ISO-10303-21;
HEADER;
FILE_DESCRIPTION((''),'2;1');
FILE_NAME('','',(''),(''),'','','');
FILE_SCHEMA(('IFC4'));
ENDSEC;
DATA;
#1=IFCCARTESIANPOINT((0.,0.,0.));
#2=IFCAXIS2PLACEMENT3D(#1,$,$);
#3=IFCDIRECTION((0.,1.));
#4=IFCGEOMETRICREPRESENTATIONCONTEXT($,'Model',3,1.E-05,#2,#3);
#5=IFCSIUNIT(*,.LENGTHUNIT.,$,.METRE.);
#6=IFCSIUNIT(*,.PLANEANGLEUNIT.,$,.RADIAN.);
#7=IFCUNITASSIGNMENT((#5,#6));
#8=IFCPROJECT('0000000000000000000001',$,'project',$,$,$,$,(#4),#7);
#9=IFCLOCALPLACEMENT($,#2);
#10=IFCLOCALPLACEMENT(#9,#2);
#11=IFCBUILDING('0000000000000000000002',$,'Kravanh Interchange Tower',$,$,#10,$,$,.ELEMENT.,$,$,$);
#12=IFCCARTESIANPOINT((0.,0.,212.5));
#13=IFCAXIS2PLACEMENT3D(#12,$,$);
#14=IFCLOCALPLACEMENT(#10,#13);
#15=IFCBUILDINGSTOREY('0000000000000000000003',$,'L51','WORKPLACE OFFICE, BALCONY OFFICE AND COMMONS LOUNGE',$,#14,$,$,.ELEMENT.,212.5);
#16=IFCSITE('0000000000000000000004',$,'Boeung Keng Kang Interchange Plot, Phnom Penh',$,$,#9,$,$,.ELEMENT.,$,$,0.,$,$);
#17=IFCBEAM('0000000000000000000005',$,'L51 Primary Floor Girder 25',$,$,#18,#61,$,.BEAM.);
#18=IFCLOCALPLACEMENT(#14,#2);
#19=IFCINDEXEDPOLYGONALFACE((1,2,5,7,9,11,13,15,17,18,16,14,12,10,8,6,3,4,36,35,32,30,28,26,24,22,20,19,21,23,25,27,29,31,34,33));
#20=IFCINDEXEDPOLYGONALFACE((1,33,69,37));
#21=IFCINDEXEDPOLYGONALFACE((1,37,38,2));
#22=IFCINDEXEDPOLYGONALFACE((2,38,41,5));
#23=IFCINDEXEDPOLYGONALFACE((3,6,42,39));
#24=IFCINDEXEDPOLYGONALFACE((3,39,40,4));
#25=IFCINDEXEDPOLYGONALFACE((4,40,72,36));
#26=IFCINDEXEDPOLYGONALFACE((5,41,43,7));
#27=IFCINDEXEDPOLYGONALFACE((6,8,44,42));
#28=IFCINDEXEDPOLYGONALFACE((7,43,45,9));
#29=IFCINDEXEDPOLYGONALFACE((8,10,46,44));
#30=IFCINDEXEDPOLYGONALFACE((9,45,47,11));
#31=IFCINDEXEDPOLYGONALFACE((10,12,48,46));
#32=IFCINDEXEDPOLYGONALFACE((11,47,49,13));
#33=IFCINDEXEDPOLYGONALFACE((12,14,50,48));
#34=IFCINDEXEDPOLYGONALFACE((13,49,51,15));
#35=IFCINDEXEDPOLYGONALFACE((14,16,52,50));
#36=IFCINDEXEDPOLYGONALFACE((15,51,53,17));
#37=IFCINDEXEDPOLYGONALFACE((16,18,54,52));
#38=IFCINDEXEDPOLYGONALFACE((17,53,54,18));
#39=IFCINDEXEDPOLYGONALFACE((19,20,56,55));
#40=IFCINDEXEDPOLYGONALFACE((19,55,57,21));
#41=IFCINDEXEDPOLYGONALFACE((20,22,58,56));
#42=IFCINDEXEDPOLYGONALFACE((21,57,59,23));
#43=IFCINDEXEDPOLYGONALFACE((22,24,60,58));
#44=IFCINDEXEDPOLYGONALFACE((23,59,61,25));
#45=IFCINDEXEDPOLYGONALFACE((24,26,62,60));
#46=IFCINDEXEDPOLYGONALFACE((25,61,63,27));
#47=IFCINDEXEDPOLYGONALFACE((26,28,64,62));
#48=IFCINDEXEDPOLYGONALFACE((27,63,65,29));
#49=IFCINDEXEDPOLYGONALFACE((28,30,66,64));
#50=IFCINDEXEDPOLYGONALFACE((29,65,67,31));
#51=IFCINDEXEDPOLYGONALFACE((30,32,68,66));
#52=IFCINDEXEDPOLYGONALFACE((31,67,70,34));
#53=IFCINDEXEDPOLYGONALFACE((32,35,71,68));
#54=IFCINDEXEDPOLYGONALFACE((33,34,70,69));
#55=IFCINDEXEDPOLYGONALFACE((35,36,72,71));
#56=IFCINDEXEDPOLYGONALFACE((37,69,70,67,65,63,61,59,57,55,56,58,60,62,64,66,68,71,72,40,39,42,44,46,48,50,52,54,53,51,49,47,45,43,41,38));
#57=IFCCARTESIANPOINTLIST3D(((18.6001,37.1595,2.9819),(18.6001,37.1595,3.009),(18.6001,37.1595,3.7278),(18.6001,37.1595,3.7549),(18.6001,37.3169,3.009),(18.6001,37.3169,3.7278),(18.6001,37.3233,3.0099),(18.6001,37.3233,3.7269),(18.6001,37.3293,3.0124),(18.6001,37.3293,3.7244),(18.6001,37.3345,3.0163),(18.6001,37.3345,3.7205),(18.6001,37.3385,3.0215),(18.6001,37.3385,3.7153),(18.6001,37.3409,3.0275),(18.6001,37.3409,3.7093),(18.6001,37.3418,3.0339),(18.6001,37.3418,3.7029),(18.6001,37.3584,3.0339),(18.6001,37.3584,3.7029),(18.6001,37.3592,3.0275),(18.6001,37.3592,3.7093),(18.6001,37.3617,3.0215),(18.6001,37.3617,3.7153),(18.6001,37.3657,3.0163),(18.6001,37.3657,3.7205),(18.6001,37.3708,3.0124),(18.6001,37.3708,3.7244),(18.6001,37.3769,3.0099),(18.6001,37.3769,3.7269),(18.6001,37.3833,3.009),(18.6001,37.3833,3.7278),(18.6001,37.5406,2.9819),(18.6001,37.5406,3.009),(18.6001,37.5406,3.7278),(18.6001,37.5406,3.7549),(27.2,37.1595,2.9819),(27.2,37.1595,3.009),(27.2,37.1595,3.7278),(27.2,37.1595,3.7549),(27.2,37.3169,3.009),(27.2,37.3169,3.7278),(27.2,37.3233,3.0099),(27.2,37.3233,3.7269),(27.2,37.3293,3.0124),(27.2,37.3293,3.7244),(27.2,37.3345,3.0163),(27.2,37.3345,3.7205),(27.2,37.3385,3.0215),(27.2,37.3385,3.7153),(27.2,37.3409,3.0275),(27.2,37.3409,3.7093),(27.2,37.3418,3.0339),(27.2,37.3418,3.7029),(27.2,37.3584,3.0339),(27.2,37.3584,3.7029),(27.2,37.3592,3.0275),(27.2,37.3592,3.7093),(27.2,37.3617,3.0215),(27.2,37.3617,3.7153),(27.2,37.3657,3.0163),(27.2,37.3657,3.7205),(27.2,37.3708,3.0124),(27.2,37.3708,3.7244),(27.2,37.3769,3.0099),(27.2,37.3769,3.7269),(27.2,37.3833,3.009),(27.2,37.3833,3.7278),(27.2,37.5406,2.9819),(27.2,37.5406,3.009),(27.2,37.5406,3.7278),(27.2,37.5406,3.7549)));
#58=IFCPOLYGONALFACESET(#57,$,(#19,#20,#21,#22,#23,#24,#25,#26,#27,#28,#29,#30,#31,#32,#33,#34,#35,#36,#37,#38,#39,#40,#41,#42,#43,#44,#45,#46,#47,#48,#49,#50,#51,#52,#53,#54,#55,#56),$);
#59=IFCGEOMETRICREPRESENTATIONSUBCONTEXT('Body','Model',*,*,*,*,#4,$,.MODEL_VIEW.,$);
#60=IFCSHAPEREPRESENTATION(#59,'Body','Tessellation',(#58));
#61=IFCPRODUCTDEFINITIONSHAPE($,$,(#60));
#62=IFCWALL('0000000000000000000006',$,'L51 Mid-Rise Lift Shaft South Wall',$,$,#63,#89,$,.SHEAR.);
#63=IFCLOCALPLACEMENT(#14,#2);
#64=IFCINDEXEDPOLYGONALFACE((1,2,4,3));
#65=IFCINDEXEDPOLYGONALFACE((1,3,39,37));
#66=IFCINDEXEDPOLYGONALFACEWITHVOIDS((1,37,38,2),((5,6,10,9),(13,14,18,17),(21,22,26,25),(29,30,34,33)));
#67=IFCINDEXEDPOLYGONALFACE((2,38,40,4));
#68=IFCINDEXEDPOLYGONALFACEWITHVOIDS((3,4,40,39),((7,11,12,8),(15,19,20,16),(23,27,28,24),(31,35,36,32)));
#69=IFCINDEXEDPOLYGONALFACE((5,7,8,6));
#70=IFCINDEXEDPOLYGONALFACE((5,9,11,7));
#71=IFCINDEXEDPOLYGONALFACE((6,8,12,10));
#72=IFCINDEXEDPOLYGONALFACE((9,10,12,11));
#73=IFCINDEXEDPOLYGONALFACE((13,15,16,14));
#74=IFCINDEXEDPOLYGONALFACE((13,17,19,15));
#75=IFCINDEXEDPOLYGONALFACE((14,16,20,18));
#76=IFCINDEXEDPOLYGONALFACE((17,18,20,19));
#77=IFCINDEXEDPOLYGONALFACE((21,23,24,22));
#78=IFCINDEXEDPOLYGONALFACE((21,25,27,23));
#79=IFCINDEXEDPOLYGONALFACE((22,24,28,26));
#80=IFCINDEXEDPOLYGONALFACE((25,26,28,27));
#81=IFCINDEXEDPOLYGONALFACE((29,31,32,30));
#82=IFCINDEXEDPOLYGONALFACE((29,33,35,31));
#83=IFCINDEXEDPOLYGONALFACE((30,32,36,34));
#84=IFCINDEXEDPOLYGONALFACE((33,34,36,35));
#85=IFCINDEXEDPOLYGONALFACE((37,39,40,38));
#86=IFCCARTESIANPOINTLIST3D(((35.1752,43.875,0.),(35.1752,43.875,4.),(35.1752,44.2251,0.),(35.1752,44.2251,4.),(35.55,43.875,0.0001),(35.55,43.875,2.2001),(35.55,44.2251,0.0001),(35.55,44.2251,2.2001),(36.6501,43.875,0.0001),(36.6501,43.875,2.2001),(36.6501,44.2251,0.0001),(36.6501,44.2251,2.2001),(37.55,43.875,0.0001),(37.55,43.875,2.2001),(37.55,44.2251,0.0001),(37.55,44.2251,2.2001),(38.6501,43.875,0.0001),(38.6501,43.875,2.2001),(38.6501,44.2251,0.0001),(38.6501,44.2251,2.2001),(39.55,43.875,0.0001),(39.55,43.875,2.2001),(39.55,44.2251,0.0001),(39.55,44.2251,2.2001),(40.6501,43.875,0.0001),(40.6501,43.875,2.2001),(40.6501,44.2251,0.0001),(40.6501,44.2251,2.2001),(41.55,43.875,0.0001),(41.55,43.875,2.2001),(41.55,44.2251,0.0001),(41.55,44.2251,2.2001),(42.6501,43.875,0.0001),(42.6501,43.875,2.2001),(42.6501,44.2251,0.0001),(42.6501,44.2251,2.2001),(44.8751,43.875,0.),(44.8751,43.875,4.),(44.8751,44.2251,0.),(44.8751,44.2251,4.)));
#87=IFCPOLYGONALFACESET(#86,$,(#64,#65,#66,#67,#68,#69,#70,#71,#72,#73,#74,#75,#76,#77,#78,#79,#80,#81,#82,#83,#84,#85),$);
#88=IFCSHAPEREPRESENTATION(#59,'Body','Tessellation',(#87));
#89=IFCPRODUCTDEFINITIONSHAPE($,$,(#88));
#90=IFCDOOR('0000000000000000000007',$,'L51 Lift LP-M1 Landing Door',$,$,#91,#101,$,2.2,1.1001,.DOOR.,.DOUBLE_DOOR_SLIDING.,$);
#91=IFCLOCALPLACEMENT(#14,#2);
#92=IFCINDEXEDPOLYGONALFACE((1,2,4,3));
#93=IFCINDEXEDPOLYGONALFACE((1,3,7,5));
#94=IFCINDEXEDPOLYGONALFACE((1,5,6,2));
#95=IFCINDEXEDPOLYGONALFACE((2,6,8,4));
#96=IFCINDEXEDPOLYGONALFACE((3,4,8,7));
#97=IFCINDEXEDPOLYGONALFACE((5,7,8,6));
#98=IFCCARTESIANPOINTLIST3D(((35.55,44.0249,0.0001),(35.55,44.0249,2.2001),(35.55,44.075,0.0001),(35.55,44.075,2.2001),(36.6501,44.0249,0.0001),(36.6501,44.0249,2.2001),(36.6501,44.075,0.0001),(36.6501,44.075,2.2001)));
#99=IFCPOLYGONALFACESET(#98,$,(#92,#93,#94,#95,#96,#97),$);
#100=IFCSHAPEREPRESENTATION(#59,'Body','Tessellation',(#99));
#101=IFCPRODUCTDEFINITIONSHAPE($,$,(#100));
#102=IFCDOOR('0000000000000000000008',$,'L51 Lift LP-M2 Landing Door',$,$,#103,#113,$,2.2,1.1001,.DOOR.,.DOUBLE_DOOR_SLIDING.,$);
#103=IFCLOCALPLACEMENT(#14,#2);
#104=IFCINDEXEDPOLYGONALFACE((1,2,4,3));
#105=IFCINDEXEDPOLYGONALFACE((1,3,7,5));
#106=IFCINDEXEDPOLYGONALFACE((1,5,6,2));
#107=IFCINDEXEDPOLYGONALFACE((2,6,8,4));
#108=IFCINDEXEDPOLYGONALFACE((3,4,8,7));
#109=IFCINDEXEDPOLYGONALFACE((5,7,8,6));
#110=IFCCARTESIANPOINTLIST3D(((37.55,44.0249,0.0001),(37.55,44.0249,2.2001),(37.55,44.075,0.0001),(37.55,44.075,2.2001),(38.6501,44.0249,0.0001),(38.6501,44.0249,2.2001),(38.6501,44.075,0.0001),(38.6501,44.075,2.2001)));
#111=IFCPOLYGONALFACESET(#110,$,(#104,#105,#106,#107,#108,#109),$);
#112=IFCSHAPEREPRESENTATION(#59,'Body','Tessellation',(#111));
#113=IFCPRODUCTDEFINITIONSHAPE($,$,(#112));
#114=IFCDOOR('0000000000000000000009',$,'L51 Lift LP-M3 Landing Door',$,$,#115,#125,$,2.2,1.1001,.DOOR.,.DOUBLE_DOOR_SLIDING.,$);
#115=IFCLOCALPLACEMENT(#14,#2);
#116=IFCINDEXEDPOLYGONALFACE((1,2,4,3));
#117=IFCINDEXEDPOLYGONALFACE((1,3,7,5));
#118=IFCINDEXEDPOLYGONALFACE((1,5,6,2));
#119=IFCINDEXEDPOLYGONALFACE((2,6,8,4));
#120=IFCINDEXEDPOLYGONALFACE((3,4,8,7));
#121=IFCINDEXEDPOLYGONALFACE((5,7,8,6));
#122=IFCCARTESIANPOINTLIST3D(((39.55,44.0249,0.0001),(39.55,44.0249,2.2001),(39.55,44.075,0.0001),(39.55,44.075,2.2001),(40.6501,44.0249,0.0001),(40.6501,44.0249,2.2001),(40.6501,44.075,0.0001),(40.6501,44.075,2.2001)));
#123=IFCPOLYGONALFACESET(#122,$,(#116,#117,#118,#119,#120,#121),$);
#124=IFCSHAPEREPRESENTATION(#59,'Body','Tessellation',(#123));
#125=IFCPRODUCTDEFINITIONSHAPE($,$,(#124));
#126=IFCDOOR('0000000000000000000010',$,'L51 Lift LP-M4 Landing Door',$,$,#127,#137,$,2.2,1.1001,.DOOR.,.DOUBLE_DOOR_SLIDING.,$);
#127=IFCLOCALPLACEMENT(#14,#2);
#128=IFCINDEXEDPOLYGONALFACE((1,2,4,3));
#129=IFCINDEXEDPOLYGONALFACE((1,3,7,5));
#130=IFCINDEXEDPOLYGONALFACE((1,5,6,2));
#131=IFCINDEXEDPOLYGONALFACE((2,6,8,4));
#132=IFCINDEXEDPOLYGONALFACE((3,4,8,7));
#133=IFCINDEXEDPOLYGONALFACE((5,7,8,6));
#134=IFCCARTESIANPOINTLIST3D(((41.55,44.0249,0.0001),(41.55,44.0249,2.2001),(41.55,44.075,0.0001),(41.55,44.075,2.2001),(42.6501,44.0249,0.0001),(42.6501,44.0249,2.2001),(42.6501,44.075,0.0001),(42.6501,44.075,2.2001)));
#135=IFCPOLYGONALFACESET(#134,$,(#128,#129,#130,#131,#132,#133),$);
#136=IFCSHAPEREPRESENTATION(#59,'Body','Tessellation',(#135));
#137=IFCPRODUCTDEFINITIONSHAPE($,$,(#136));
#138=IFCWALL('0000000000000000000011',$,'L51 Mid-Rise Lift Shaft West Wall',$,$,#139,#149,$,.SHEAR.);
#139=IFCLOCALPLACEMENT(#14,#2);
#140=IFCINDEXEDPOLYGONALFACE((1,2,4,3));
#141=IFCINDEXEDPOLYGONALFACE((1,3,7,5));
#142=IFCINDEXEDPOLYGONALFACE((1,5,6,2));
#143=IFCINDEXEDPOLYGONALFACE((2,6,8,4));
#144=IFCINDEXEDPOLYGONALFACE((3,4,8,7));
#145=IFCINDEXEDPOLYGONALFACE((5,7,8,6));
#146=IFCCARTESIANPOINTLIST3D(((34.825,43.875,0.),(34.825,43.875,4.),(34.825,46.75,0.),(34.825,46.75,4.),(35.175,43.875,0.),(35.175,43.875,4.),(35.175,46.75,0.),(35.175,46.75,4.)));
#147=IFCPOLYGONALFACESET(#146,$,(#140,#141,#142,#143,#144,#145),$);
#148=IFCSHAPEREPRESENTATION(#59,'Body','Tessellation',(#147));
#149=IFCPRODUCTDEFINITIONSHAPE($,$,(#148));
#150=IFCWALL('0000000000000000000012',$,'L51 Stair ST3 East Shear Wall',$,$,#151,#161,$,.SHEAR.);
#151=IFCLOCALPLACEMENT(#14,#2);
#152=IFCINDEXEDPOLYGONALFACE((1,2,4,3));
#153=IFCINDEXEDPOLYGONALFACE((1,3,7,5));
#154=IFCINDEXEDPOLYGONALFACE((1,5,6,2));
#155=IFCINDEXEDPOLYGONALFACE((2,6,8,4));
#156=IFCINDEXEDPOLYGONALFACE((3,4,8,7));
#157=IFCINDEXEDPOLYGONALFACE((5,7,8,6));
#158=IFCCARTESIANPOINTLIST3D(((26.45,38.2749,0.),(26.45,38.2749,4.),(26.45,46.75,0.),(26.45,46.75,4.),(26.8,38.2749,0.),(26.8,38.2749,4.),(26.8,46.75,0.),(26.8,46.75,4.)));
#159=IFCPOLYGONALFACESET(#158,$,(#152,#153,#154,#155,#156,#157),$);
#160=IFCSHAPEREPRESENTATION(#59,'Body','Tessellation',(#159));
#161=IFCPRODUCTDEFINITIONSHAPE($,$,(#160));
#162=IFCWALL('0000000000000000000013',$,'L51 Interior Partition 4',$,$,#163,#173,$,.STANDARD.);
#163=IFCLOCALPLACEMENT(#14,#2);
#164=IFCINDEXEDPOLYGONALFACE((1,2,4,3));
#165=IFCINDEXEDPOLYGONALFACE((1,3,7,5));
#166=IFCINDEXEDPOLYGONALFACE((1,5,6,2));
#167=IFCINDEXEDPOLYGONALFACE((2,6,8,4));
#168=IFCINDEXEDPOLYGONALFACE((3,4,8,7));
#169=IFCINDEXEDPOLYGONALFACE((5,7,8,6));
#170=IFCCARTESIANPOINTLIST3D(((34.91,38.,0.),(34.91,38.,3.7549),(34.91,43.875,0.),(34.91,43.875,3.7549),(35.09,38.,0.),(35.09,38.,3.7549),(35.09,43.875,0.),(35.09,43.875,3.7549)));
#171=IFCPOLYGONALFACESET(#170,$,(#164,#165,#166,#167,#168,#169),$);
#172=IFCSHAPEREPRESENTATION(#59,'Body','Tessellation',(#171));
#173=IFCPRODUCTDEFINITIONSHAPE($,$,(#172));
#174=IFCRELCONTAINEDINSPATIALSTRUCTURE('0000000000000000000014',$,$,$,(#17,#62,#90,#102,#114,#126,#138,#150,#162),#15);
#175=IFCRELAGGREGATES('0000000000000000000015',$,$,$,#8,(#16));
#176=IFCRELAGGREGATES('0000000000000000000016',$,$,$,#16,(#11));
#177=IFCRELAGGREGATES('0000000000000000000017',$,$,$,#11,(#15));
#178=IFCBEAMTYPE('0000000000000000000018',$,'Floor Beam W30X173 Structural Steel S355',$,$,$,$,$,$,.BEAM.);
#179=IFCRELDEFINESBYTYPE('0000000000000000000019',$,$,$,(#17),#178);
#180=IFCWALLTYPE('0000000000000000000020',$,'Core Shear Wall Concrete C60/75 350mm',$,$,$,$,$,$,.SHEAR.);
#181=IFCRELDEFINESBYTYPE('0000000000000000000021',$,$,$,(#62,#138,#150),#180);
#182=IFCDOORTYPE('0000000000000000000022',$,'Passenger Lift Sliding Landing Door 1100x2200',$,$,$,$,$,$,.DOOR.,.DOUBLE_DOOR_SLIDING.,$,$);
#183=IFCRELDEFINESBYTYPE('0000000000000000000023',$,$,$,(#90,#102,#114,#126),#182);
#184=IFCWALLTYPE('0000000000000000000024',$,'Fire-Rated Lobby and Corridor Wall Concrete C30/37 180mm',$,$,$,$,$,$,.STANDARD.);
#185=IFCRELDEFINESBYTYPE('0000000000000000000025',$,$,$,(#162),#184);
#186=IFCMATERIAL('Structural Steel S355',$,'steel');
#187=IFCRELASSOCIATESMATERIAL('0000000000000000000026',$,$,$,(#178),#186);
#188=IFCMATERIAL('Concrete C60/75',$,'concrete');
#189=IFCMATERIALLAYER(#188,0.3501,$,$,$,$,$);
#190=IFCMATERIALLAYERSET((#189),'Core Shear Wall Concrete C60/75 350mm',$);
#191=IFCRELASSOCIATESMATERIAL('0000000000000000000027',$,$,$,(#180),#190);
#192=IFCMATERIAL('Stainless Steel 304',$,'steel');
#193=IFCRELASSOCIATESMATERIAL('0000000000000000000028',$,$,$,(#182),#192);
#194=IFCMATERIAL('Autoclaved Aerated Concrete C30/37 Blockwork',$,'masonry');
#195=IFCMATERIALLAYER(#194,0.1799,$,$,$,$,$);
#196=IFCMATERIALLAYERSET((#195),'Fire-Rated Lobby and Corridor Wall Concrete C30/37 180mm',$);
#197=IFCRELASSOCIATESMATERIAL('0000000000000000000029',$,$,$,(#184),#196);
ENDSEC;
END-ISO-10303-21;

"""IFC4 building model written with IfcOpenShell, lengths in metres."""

from ifc_helpers import new_model, si_unit, direction, frame, frame_2d, origin, origin_2d, place, context, subcontext, project, spatial, rectangle, i_section, extrude, material, layer, layer_set, material_profile, profile_set, type_object, element, fill, save


model = new_model("IFC4")

# Units and contexts
model_context = context("Model", 3, precision=1e-05, world=origin(), true_north=direction((0.0, 1.0)))
body_context = subcontext(model_context, "Body", "Model", "MODEL_VIEW")
ifc_project = project(units=[si_unit("LENGTHUNIT", "METRE"), si_unit("PLANEANGLEUNIT", "RADIAN")], contexts=[model_context])

# Site, building, storey
site_placement = place(None, origin())
site = spatial("IfcSite", under=ifc_project, at=site_placement, Name="Boeung Keng Kang Interchange Plot, Phnom Penh", CompositionType="ELEMENT", RefElevation=0.0)
building_placement = place(site_placement, origin())
building = spatial("IfcBuilding", under=site, at=building_placement, Name="Kravanh Interchange Tower", CompositionType="ELEMENT")
storey_placement = place(building_placement, frame((0.0, 0.0, 212.5)))
storey = spatial("IfcBuildingStorey", under=building, at=storey_placement, Name="L51", Description="WORKPLACE OFFICE, BALCONY OFFICE AND COMMONS LOUNGE", CompositionType="ELEMENT", Elevation=212.5)

# Beam
ifc_material_1 = material(Name="Structural Steel S355", Category="steel")
ifc_material_profile_1 = material_profile(ifc_material_1, i_section(OverallWidth=0.3811, OverallDepth=0.7729, WebThickness=0.0166, FlangeThickness=0.0271, FilletRadius=0.0249, at=origin_2d()), Name="W30X173")
ifc_profile_set_1 = profile_set([ifc_material_profile_1], Name="Structural Steel S355")
beam_type = type_object("IfcBeamType", Name="Floor Beam W30X173 Structural Steel S355", PredefinedType="BEAM", material=ifc_profile_set_1)
beam_1_placement = place(storey_placement, frame((27.2, 37.3501, 3.3684), z_axis=(-1.0, 0.0, 0.0), x_axis=(0.0, -1.0, 0.0)))
element("IfcBeam", 1, at=beam_1_placement, inside=storey, type_object=beam_type, Name="L51 Primary Floor Girder 25", PredefinedType="BEAM", context=body_context, shape_type="SweptSolid", body=[
    extrude(i_section(OverallWidth=0.3811, OverallDepth=0.7729, WebThickness=0.0166, FlangeThickness=0.0271, FilletRadius=0.0249, at=origin_2d()), origin(), (0.0, 0.0, 1.0), 8.5999),
])

# Wall, openings, doors
ifc_material_2 = material(Name="Concrete C60/75", Category="concrete")
ifc_layer_1 = layer(ifc_material_2, 0.3501)
ifc_layer_set_1 = layer_set([ifc_layer_1], Name="Core Shear Wall Concrete C60/75 350mm")
wall_type_1 = type_object("IfcWallType", Name="Core Shear Wall Concrete C60/75 350mm", PredefinedType="SHEAR", material=ifc_layer_set_1)
wall_1_placement = place(storey_placement, frame((35.175, 44.05, 0.0), z_axis=(0.0, 0.0, 1.0), x_axis=(1.0, 0.0, 0.0)))
wall_1 = element("IfcWall", 2, at=wall_1_placement, inside=storey, type_object=wall_type_1, Name="L51 Mid-Rise Lift Shaft South Wall", PredefinedType="SHEAR", context=body_context, shape_type="SweptSolid", body=[
    extrude(rectangle(XDim=9.7, YDim=0.3501, at=frame_2d((4.8501, 0.0))), origin(), (0.0, 0.0, 1.0), 4.0),
])
opening_1_placement = place(wall_1_placement, frame((0.375, 0.0, 0.0)))
opening_1 = element("IfcOpeningElement", 3, at=opening_1_placement, cuts=wall_1, PredefinedType="OPENING", context=body_context, shape_type="SweptSolid", body=[
    extrude(rectangle(XDim=1.1001, YDim=2.2, at=frame_2d((0.55, 1.1001))), frame((0.0, 0.1851, 0.0), z_axis=(0.0, -1.0, 0.0), x_axis=(1.0, 0.0, 0.0)), (0.0, 0.0, 1.0), 0.3701),
])
opening_2_placement = place(wall_1_placement, frame((2.375, 0.0, 0.0)))
opening_2 = element("IfcOpeningElement", 4, at=opening_2_placement, cuts=wall_1, PredefinedType="OPENING", context=body_context, shape_type="SweptSolid", body=[
    extrude(rectangle(XDim=1.1001, YDim=2.2, at=frame_2d((0.55, 1.1001))), frame((0.0, 0.1851, 0.0), z_axis=(0.0, -1.0, 0.0), x_axis=(1.0, 0.0, 0.0)), (0.0, 0.0, 1.0), 0.3701),
])
opening_3_placement = place(wall_1_placement, frame((4.375, 0.0, 0.0)))
opening_3 = element("IfcOpeningElement", 5, at=opening_3_placement, cuts=wall_1, PredefinedType="OPENING", context=body_context, shape_type="SweptSolid", body=[
    extrude(rectangle(XDim=1.1001, YDim=2.2, at=frame_2d((0.55, 1.1001))), frame((0.0, 0.1851, 0.0), z_axis=(0.0, -1.0, 0.0), x_axis=(1.0, 0.0, 0.0)), (0.0, 0.0, 1.0), 0.3701),
])
opening_4_placement = place(wall_1_placement, frame((6.375, 0.0, 0.0)))
opening_4 = element("IfcOpeningElement", 6, at=opening_4_placement, cuts=wall_1, PredefinedType="OPENING", context=body_context, shape_type="SweptSolid", body=[
    extrude(rectangle(XDim=1.1001, YDim=2.2, at=frame_2d((0.55, 1.1001))), frame((0.0, 0.1851, 0.0), z_axis=(0.0, -1.0, 0.0), x_axis=(1.0, 0.0, 0.0)), (0.0, 0.0, 1.0), 0.3701),
])
ifc_material_3 = material(Name="Stainless Steel 304", Category="steel")
door_type_1 = type_object("IfcDoorType", Name="Passenger Lift Sliding Landing Door 1100x2200", OperationType="DOUBLE_DOOR_SLIDING", PredefinedType="DOOR", material=ifc_material_3)
door_1_placement = place(opening_1_placement, origin())
door_1 = element("IfcDoor", 7, at=door_1_placement, inside=storey, type_object=door_type_1, Name="L51 Lift LP-M1 Landing Door", OperationType="DOUBLE_DOOR_SLIDING", OverallHeight=2.2, OverallWidth=1.1001, PredefinedType="DOOR", context=body_context, shape_type="SweptSolid", body=[
    extrude(rectangle(XDim=1.1001, YDim=2.2, at=frame_2d((0.55, 1.1001))), frame((0.0, 0.0249, 0.0), z_axis=(0.0, -1.0, 0.0), x_axis=(1.0, 0.0, 0.0)), (0.0, 0.0, 1.0), 0.05),
])
fill(opening_1, door_1)
door_2_placement = place(opening_2_placement, origin())
door_2 = element("IfcDoor", 8, at=door_2_placement, inside=storey, type_object=door_type_1, Name="L51 Lift LP-M2 Landing Door", OperationType="DOUBLE_DOOR_SLIDING", OverallHeight=2.2, OverallWidth=1.1001, PredefinedType="DOOR", context=body_context, shape_type="SweptSolid", body=[
    extrude(rectangle(XDim=1.1001, YDim=2.2, at=frame_2d((0.55, 1.1001))), frame((0.0, 0.0249, 0.0), z_axis=(0.0, -1.0, 0.0), x_axis=(1.0, 0.0, 0.0)), (0.0, 0.0, 1.0), 0.05),
])
fill(opening_2, door_2)
door_3_placement = place(opening_3_placement, origin())
door_3 = element("IfcDoor", 9, at=door_3_placement, inside=storey, type_object=door_type_1, Name="L51 Lift LP-M3 Landing Door", OperationType="DOUBLE_DOOR_SLIDING", OverallHeight=2.2, OverallWidth=1.1001, PredefinedType="DOOR", context=body_context, shape_type="SweptSolid", body=[
    extrude(rectangle(XDim=1.1001, YDim=2.2, at=frame_2d((0.55, 1.1001))), frame((0.0, 0.0249, 0.0), z_axis=(0.0, -1.0, 0.0), x_axis=(1.0, 0.0, 0.0)), (0.0, 0.0, 1.0), 0.05),
])
fill(opening_3, door_3)
door_4_placement = place(opening_4_placement, origin())
door_4 = element("IfcDoor", 10, at=door_4_placement, inside=storey, type_object=door_type_1, Name="L51 Lift LP-M4 Landing Door", OperationType="DOUBLE_DOOR_SLIDING", OverallHeight=2.2, OverallWidth=1.1001, PredefinedType="DOOR", context=body_context, shape_type="SweptSolid", body=[
    extrude(rectangle(XDim=1.1001, YDim=2.2, at=frame_2d((0.55, 1.1001))), frame((0.0, 0.0249, 0.0), z_axis=(0.0, -1.0, 0.0), x_axis=(1.0, 0.0, 0.0)), (0.0, 0.0, 1.0), 0.05),
])
fill(opening_4, door_4)

# Walls
wall_2_placement = place(storey_placement, frame((35.0, 43.875, 0.0), z_axis=(0.0, 0.0, 1.0), x_axis=(0.0, 1.0, 0.0)))
element("IfcWall", 11, at=wall_2_placement, inside=storey, type_object=wall_type_1, Name="L51 Mid-Rise Lift Shaft West Wall", PredefinedType="SHEAR", context=body_context, shape_type="SweptSolid", body=[
    extrude(rectangle(XDim=2.875, YDim=0.3501, at=frame_2d((1.4375, 0.0))), origin(), (0.0, 0.0, 1.0), 4.0),
])
wall_3_placement = place(storey_placement, frame((26.625, 38.2749, 0.0), z_axis=(0.0, 0.0, 1.0), x_axis=(0.0, 1.0, 0.0)))
element("IfcWall", 12, at=wall_3_placement, inside=storey, type_object=wall_type_1, Name="L51 Stair ST3 East Shear Wall", PredefinedType="SHEAR", context=body_context, shape_type="SweptSolid", body=[
    extrude(rectangle(XDim=8.4751, YDim=0.3501, at=frame_2d((4.2375, 0.0))), origin(), (0.0, 0.0, 1.0), 4.0),
])
ifc_material_4 = material(Name="Autoclaved Aerated Concrete C30/37 Blockwork", Category="masonry")
ifc_layer_2 = layer(ifc_material_4, 0.1799)
ifc_layer_set_2 = layer_set([ifc_layer_2], Name="Fire-Rated Lobby and Corridor Wall Concrete C30/37 180mm")
wall_type_2 = type_object("IfcWallType", Name="Fire-Rated Lobby and Corridor Wall Concrete C30/37 180mm", PredefinedType="STANDARD", material=ifc_layer_set_2)
wall_4_placement = place(storey_placement, frame((35.0, 38.0, 0.0), z_axis=(0.0, 0.0, 1.0), x_axis=(0.0, 1.0, 0.0)))
element("IfcWall", 13, at=wall_4_placement, inside=storey, type_object=wall_type_2, Name="L51 Interior Partition 4", PredefinedType="STANDARD", context=body_context, shape_type="SweptSolid", body=[
    extrude(rectangle(XDim=5.875, YDim=0.1799, at=frame_2d((2.9375, 0.0))), origin(), (0.0, 0.0, 1.0), 3.7549),
])

save(model, "model.ifc")
